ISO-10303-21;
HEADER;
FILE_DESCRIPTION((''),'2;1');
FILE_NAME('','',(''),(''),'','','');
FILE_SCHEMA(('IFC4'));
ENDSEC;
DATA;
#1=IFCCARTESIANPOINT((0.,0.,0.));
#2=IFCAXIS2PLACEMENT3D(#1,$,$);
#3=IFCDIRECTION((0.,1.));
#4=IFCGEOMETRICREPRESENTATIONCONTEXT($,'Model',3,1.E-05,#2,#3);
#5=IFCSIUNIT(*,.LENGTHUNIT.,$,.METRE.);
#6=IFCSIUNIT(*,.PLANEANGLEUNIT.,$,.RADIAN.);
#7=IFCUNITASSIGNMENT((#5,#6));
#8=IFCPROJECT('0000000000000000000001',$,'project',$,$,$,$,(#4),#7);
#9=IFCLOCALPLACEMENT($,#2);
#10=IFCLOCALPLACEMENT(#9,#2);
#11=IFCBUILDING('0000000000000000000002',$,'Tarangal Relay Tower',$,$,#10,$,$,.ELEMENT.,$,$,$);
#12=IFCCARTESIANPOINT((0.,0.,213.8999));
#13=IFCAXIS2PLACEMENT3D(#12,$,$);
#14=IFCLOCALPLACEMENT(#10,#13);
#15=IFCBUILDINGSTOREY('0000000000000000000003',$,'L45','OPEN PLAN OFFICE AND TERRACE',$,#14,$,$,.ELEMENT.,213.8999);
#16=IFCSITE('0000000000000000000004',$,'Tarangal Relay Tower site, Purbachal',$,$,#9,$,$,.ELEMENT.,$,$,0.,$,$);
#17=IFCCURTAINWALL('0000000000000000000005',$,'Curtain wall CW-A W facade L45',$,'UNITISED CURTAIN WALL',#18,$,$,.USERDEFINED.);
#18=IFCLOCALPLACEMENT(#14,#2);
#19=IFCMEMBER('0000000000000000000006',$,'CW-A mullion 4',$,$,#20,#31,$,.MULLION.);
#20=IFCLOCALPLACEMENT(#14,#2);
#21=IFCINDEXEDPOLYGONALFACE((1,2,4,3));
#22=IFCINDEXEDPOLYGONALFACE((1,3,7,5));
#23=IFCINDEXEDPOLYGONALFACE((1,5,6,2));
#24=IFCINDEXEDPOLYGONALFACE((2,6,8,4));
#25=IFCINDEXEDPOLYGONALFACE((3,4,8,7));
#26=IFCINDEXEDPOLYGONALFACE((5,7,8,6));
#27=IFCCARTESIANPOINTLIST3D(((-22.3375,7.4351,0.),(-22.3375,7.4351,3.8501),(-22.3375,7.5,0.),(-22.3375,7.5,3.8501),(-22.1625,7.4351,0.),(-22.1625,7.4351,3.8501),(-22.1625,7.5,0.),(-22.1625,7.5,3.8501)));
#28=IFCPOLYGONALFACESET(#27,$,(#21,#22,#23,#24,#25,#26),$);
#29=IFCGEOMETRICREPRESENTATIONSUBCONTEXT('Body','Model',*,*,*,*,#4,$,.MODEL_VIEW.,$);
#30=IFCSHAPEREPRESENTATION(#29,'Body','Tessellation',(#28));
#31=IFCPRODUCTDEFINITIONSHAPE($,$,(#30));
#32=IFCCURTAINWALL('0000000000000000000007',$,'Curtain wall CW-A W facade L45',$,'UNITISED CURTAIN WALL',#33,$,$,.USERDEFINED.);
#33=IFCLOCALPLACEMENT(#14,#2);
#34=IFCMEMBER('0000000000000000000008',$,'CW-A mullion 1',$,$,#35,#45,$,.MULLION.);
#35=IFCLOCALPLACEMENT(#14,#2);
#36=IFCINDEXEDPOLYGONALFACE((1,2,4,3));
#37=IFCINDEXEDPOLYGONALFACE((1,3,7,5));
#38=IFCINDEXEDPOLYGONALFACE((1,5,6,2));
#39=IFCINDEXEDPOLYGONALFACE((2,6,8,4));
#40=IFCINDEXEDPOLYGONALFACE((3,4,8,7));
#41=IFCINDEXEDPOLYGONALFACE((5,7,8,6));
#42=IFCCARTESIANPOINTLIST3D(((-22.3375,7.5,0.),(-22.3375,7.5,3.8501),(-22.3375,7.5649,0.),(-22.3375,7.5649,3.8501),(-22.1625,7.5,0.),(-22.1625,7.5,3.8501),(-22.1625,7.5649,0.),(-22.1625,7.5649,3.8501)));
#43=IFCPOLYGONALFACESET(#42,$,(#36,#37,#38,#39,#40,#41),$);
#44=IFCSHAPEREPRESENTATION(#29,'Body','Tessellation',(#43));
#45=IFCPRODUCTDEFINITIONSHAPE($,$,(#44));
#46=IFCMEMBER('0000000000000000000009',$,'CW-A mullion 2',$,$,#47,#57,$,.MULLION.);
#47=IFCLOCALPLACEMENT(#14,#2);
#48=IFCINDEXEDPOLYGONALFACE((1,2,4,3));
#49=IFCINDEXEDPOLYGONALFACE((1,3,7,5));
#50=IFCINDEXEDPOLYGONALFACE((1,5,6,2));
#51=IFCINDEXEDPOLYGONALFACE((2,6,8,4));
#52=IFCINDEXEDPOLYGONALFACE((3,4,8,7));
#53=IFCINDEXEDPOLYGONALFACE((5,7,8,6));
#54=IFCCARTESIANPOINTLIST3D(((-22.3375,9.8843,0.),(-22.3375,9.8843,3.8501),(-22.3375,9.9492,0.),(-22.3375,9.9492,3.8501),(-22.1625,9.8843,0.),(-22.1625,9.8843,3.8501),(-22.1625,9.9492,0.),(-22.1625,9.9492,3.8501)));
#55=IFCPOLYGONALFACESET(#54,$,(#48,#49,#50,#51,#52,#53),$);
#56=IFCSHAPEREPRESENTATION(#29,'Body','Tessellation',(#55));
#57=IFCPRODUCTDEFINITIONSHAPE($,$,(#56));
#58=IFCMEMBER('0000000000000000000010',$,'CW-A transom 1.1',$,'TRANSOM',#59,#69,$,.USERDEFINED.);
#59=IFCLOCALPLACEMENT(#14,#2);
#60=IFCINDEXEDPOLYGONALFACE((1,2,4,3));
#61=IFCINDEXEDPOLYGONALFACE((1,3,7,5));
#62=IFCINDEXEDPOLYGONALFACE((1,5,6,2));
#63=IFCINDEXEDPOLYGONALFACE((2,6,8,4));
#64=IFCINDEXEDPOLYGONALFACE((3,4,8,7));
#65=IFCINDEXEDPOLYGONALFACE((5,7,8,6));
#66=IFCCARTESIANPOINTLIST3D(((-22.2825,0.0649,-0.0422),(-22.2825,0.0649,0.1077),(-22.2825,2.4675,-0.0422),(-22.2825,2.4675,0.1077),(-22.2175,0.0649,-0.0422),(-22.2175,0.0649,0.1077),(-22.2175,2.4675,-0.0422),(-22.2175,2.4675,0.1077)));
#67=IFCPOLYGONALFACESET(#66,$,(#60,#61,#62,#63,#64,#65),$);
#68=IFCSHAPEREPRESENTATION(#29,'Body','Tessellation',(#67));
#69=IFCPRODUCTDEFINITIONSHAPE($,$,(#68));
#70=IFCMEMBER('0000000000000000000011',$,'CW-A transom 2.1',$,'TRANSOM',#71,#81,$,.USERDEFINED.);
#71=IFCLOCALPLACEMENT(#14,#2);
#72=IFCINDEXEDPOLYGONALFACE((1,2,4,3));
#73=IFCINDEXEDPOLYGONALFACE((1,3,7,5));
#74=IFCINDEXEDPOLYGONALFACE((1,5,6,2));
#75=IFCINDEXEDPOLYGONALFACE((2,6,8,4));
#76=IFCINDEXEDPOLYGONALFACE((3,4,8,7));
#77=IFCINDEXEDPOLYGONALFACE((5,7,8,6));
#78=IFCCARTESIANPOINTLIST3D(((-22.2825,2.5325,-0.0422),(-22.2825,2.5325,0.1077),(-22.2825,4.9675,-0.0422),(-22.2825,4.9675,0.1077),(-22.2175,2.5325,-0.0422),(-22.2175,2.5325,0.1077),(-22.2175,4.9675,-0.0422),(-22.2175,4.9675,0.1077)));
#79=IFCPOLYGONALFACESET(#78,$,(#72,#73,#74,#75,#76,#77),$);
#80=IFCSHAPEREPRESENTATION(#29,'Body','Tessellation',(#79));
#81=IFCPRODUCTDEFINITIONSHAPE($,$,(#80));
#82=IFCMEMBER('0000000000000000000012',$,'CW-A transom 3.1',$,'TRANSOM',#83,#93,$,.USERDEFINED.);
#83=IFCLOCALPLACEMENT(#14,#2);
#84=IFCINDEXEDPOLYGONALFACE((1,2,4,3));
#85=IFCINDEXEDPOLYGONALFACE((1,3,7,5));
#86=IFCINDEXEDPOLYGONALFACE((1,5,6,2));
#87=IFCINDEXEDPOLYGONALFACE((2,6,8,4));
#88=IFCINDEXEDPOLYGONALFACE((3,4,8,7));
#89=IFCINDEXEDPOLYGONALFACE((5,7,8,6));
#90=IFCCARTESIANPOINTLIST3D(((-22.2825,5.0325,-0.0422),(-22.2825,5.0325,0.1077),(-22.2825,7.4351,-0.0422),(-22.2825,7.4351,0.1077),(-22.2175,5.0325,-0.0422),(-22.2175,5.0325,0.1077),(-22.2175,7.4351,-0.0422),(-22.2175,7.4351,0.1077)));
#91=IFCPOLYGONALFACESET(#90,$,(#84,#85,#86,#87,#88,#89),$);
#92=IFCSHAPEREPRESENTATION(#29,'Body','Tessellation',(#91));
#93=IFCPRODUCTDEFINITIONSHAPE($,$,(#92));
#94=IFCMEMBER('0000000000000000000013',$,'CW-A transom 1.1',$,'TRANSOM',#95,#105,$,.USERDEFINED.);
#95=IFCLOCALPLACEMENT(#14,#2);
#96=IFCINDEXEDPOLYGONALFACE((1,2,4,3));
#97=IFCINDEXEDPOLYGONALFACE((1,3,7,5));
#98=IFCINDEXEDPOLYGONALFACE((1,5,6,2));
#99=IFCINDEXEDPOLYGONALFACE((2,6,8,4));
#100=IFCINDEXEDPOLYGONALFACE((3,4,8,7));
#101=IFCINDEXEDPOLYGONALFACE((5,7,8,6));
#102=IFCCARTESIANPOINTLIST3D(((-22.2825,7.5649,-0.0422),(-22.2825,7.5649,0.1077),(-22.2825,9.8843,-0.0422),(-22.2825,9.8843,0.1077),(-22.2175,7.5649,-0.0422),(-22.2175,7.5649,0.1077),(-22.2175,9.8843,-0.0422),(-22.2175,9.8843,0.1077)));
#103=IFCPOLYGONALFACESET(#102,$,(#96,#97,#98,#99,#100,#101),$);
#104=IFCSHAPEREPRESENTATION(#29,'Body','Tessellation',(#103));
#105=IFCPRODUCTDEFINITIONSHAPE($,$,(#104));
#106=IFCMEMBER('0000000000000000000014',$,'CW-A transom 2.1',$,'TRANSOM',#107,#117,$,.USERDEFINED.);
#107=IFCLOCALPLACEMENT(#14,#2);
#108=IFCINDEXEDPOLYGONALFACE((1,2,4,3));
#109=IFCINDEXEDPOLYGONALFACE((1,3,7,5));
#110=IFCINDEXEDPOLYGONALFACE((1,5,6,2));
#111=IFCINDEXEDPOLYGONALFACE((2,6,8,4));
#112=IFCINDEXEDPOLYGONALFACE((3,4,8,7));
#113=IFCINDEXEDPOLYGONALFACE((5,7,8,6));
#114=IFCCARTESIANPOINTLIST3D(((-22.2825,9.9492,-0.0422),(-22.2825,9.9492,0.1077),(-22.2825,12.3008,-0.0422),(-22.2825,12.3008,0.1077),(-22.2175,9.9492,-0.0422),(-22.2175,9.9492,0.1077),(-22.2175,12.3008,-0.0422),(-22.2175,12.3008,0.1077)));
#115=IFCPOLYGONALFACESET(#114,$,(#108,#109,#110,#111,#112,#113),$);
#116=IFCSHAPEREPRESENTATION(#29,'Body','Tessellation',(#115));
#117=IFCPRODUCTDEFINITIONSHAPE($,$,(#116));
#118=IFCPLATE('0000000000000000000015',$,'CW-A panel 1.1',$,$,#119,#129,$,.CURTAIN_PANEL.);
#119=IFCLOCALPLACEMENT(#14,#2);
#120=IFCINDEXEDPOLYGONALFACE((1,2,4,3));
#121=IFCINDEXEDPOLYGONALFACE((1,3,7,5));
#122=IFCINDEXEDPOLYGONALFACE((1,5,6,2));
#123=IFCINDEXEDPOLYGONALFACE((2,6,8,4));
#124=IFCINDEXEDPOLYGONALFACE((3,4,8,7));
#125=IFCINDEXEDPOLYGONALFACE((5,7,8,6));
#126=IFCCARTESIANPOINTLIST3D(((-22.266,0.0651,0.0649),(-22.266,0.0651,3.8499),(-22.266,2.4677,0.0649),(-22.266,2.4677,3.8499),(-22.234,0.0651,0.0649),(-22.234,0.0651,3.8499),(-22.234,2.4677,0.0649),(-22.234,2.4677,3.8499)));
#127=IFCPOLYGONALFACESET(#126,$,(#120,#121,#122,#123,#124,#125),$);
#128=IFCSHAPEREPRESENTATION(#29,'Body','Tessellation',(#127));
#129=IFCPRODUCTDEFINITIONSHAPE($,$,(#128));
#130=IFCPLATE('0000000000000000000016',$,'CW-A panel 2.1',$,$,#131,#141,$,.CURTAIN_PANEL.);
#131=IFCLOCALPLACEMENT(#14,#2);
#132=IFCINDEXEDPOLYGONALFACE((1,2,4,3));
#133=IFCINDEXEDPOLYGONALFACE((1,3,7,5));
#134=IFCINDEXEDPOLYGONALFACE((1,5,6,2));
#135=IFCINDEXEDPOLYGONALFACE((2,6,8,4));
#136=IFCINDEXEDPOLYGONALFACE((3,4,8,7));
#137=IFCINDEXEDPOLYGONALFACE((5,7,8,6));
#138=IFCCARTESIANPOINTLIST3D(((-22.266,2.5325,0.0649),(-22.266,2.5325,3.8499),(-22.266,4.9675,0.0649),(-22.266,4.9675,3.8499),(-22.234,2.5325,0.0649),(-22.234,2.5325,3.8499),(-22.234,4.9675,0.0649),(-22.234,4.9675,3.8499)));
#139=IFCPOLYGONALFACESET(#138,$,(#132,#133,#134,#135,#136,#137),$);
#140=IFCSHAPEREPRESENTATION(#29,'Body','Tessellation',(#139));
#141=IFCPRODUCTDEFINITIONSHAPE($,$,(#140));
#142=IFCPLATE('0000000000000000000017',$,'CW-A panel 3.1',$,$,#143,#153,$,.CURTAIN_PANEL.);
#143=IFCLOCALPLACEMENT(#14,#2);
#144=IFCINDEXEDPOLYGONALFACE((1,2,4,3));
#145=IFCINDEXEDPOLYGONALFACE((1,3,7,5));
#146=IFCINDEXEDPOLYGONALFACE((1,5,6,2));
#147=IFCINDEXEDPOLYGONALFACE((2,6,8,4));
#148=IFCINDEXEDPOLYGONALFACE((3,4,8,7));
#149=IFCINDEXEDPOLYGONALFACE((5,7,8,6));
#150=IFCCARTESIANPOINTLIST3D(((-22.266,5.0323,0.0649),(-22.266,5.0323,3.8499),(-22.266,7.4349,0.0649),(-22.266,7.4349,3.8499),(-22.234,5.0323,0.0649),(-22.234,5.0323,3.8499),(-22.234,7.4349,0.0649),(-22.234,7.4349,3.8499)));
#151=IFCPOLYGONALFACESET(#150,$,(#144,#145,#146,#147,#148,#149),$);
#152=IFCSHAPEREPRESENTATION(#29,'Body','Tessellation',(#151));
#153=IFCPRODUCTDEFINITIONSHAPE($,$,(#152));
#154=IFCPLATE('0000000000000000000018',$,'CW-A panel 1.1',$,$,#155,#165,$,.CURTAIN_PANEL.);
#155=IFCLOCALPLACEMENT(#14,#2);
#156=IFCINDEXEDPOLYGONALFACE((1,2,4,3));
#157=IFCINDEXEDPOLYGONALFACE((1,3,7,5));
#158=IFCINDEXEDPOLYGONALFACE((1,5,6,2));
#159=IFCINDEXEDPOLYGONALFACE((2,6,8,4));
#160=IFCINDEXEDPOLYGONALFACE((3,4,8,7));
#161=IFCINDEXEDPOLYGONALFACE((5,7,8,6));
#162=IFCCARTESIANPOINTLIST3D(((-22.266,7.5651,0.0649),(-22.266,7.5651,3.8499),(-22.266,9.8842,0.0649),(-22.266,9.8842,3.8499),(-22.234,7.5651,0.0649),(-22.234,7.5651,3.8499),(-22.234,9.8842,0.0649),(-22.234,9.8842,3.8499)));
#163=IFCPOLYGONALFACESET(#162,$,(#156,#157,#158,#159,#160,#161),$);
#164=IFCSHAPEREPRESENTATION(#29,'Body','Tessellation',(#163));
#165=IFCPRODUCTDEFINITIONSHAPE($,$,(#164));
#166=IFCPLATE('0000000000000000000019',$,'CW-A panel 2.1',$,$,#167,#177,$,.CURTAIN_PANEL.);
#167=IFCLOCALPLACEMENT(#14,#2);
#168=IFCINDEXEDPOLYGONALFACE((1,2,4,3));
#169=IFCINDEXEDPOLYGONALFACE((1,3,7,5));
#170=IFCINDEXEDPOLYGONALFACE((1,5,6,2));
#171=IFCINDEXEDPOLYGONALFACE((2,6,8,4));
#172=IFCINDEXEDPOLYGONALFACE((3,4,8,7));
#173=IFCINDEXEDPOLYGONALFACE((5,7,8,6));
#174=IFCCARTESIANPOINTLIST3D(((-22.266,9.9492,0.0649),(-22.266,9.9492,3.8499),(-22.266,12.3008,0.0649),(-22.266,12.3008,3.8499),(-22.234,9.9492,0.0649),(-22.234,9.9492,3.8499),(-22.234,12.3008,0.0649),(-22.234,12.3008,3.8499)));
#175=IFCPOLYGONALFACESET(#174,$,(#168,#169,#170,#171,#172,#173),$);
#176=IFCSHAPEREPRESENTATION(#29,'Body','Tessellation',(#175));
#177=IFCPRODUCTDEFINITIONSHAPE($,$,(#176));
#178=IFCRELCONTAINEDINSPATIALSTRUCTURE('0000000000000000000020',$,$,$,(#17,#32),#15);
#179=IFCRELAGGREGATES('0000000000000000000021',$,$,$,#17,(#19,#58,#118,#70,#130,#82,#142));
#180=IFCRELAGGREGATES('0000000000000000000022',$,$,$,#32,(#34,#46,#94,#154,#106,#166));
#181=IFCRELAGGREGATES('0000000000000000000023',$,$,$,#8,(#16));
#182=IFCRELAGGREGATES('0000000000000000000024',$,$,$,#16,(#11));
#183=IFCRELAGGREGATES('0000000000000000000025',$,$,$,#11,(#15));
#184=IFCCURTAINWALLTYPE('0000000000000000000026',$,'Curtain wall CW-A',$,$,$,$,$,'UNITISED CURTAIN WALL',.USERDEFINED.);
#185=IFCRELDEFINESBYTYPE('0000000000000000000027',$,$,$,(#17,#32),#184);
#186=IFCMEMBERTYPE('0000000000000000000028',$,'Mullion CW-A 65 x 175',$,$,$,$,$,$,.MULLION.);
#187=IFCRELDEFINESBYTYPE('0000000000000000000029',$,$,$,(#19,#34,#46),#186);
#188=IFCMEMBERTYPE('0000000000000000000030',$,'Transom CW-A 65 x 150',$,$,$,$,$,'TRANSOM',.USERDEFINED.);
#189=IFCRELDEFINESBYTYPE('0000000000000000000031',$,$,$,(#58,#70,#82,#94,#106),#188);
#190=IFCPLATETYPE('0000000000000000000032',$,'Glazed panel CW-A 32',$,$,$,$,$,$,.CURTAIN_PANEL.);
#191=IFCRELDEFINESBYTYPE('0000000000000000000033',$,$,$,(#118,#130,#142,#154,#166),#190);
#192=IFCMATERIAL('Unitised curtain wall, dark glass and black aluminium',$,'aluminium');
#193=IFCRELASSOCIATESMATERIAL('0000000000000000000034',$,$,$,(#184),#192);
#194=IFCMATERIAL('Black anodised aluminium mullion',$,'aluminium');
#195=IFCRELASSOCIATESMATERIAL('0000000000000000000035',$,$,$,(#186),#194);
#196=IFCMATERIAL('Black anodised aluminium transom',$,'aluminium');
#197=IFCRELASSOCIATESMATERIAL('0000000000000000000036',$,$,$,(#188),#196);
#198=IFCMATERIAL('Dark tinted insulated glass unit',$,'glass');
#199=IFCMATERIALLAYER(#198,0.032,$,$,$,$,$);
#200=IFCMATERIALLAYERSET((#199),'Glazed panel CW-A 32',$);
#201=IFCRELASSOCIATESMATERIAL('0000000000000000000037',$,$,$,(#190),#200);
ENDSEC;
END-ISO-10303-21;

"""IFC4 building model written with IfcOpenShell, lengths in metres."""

from ifc_helpers import new_model, si_unit, direction, frame, origin, origin_2d, place, context, subcontext, project, spatial, rectangle, extrude, material, layer, layer_set, material_profile, profile_set, type_object, element, aggregate, save


model = new_model("IFC4")

# Units and contexts
model_context = context("Model", 3, precision=1e-05, world=origin(), true_north=direction((0.0, 1.0)))
body_context = subcontext(model_context, "Body", "Model", "MODEL_VIEW")
ifc_project = project(units=[si_unit("LENGTHUNIT", "METRE"), si_unit("PLANEANGLEUNIT", "RADIAN")], contexts=[model_context])

# Site, building, storey
site_placement = place(None, origin())
site = spatial("IfcSite", under=ifc_project, at=site_placement, Name="Tarangal Relay Tower site, Purbachal", CompositionType="ELEMENT", RefElevation=0.0)
building_placement = place(site_placement, origin())
building = spatial("IfcBuilding", under=site, at=building_placement, Name="Tarangal Relay Tower", CompositionType="ELEMENT")
storey_placement = place(building_placement, frame((0.0, 0.0, 213.8999)))
storey = spatial("IfcBuildingStorey", under=building, at=storey_placement, Name="L45", Description="OPEN PLAN OFFICE AND TERRACE", CompositionType="ELEMENT", Elevation=213.8999)

# Curtain walls, members
ifc_material_1 = material(Name="Unitised curtain wall, dark glass and black aluminium", Category="aluminium")
curtain_wall_type = type_object("IfcCurtainWallType", Name="Curtain wall CW-A", ElementType="UNITISED CURTAIN WALL", PredefinedType="USERDEFINED", material=ifc_material_1)
curtain_wall_1_placement = place(storey_placement, origin())
curtain_wall_1 = element("IfcCurtainWall", 1, at=curtain_wall_1_placement, inside=storey, type_object=curtain_wall_type, Name="Curtain wall CW-A W facade L45", ObjectType="UNITISED CURTAIN WALL", PredefinedType="USERDEFINED")
ifc_material_2 = material(Name="Black anodised aluminium mullion", Category="aluminium")
ifc_material_profile_1 = material_profile(ifc_material_2, rectangle(XDim=0.175, YDim=0.0649, at=origin_2d()), Name="CW-AM 65X175")
ifc_profile_set_1 = profile_set([ifc_material_profile_1], Name="Black anodised aluminium mullion")
member_type_1 = type_object("IfcMemberType", Name="Mullion CW-A 65 x 175", PredefinedType="MULLION", material=ifc_profile_set_1)
member_1_placement = place(storey_placement, frame((-22.25, 7.4675, 0.0), z_axis=(0.0, 0.0, 1.0), x_axis=(-1.0, 0.0, 0.0)))
member_1 = element("IfcMember", 2, at=member_1_placement, type_object=member_type_1, Name="CW-A mullion 4", PredefinedType="MULLION", context=body_context, shape_type="SweptSolid", body=[
    extrude(rectangle(XDim=0.175, YDim=0.0649, at=origin_2d()), origin(), (0.0, 0.0, 1.0), 3.8501),
])
curtain_wall_2_placement = place(storey_placement, origin())
curtain_wall_2 = element("IfcCurtainWall", 3, at=curtain_wall_2_placement, inside=storey, type_object=curtain_wall_type, Name="Curtain wall CW-A W facade L45", ObjectType="UNITISED CURTAIN WALL", PredefinedType="USERDEFINED")
member_2_placement = place(storey_placement, frame((-22.25, 7.5325, 0.0), z_axis=(0.0, 0.0, 1.0), x_axis=(-1.0, 0.0, 0.0)))
member_2 = element("IfcMember", 4, at=member_2_placement, type_object=member_type_1, Name="CW-A mullion 1", PredefinedType="MULLION", context=body_context, shape_type="SweptSolid", body=[
    extrude(rectangle(XDim=0.175, YDim=0.0649, at=origin_2d()), origin(), (0.0, 0.0, 1.0), 3.8501),
])
member_3_placement = place(storey_placement, frame((-22.25, 9.9167, 0.0), z_axis=(0.0, 0.0, 1.0), x_axis=(-1.0, 0.0, 0.0)))
member_3 = element("IfcMember", 5, at=member_3_placement, type_object=member_type_1, Name="CW-A mullion 2", PredefinedType="MULLION", context=body_context, shape_type="SweptSolid", body=[
    extrude(rectangle(XDim=0.175, YDim=0.0649, at=origin_2d()), origin(), (0.0, 0.0, 1.0), 3.8501),
])

# Members
ifc_material_3 = material(Name="Black anodised aluminium transom", Category="aluminium")
ifc_material_profile_2 = material_profile(ifc_material_3, rectangle(XDim=0.0649, YDim=0.1499, at=origin_2d()), Name="CW-AT 65X150")
ifc_profile_set_2 = profile_set([ifc_material_profile_2], Name="Black anodised aluminium transom")
member_type_2 = type_object("IfcMemberType", Name="Transom CW-A 65 x 150", ElementType="TRANSOM", PredefinedType="USERDEFINED", material=ifc_profile_set_2)
member_4_placement = place(storey_placement, frame((-22.25, 0.0649, 0.0327), z_axis=(0.0, 1.0, 0.0), x_axis=(-1.0, 0.0, 0.0)))
member_4 = element("IfcMember", 6, at=member_4_placement, type_object=member_type_2, Name="CW-A transom 1.1", ObjectType="TRANSOM", PredefinedType="USERDEFINED", context=body_context, shape_type="SweptSolid", body=[
    extrude(rectangle(XDim=0.0649, YDim=0.1499, at=origin_2d()), origin(), (0.0, 0.0, 1.0), 2.4026),
])
member_5_placement = place(storey_placement, frame((-22.25, 2.5325, 0.0327), z_axis=(0.0, 1.0, 0.0), x_axis=(-1.0, 0.0, 0.0)))
member_5 = element("IfcMember", 7, at=member_5_placement, type_object=member_type_2, Name="CW-A transom 2.1", ObjectType="TRANSOM", PredefinedType="USERDEFINED", context=body_context, shape_type="SweptSolid", body=[
    extrude(rectangle(XDim=0.0649, YDim=0.1499, at=origin_2d()), origin(), (0.0, 0.0, 1.0), 2.4351),
])
member_6_placement = place(storey_placement, frame((-22.25, 5.0325, 0.0327), z_axis=(0.0, 1.0, 0.0), x_axis=(-1.0, 0.0, 0.0)))
member_6 = element("IfcMember", 8, at=member_6_placement, type_object=member_type_2, Name="CW-A transom 3.1", ObjectType="TRANSOM", PredefinedType="USERDEFINED", context=body_context, shape_type="SweptSolid", body=[
    extrude(rectangle(XDim=0.0649, YDim=0.1499, at=origin_2d()), origin(), (0.0, 0.0, 1.0), 2.4026),
])
member_7_placement = place(storey_placement, frame((-22.25, 7.5649, 0.0327), z_axis=(0.0, 1.0, 0.0), x_axis=(-1.0, 0.0, 0.0)))
member_7 = element("IfcMember", 9, at=member_7_placement, type_object=member_type_2, Name="CW-A transom 1.1", ObjectType="TRANSOM", PredefinedType="USERDEFINED", context=body_context, shape_type="SweptSolid", body=[
    extrude(rectangle(XDim=0.0649, YDim=0.1499, at=origin_2d()), origin(), (0.0, 0.0, 1.0), 2.3193),
])
member_8_placement = place(storey_placement, frame((-22.25, 9.9492, 0.0327), z_axis=(0.0, 1.0, 0.0), x_axis=(-1.0, 0.0, 0.0)))
member_8 = element("IfcMember", 10, at=member_8_placement, type_object=member_type_2, Name="CW-A transom 2.1", ObjectType="TRANSOM", PredefinedType="USERDEFINED", context=body_context, shape_type="SweptSolid", body=[
    extrude(rectangle(XDim=0.0649, YDim=0.1499, at=origin_2d()), origin(), (0.0, 0.0, 1.0), 2.3516),
])

# Plates
ifc_material_4 = material(Name="Dark tinted insulated glass unit", Category="glass")
ifc_layer_1 = layer(ifc_material_4, 0.032)
ifc_layer_set_1 = layer_set([ifc_layer_1], Name="Glazed panel CW-A 32")
plate_type = type_object("IfcPlateType", Name="Glazed panel CW-A 32", PredefinedType="CURTAIN_PANEL", material=ifc_layer_set_1)
plate_1_placement = place(storey_placement, frame((-22.25, 1.2664, 0.0649), z_axis=(0.0, 0.0, 1.0), x_axis=(0.0, 1.0, 0.0)))
plate_1 = element("IfcPlate", 11, at=plate_1_placement, type_object=plate_type, Name="CW-A panel 1.1", PredefinedType="CURTAIN_PANEL", context=body_context, shape_type="SweptSolid", body=[
    extrude(rectangle(XDim=2.4026, YDim=0.032, at=origin_2d()), origin(), (0.0, 0.0, 1.0), 3.7849),
])
plate_2_placement = place(storey_placement, frame((-22.25, 3.75, 0.0649), z_axis=(0.0, 0.0, 1.0), x_axis=(0.0, 1.0, 0.0)))
plate_2 = element("IfcPlate", 12, at=plate_2_placement, type_object=plate_type, Name="CW-A panel 2.1", PredefinedType="CURTAIN_PANEL", context=body_context, shape_type="SweptSolid", body=[
    extrude(rectangle(XDim=2.4351, YDim=0.032, at=origin_2d()), origin(), (0.0, 0.0, 1.0), 3.7849),
])
plate_3_placement = place(storey_placement, frame((-22.25, 6.2336, 0.0649), z_axis=(0.0, 0.0, 1.0), x_axis=(0.0, 1.0, 0.0)))
plate_3 = element("IfcPlate", 13, at=plate_3_placement, type_object=plate_type, Name="CW-A panel 3.1", PredefinedType="CURTAIN_PANEL", context=body_context, shape_type="SweptSolid", body=[
    extrude(rectangle(XDim=2.4026, YDim=0.032, at=origin_2d()), origin(), (0.0, 0.0, 1.0), 3.7849),
])
aggregate(curtain_wall_1, [member_1, member_4, plate_1, member_5, plate_2, member_6, plate_3])
plate_4_placement = place(storey_placement, frame((-22.25, 8.7246, 0.0649), z_axis=(0.0, 0.0, 1.0), x_axis=(0.0, 1.0, 0.0)))
plate_4 = element("IfcPlate", 14, at=plate_4_placement, type_object=plate_type, Name="CW-A panel 1.1", PredefinedType="CURTAIN_PANEL", context=body_context, shape_type="SweptSolid", body=[
    extrude(rectangle(XDim=2.3191, YDim=0.032, at=origin_2d()), origin(), (0.0, 0.0, 1.0), 3.7849),
])
plate_5_placement = place(storey_placement, frame((-22.25, 11.125, 0.0649), z_axis=(0.0, 0.0, 1.0), x_axis=(0.0, 1.0, 0.0)))
plate_5 = element("IfcPlate", 15, at=plate_5_placement, type_object=plate_type, Name="CW-A panel 2.1", PredefinedType="CURTAIN_PANEL", context=body_context, shape_type="SweptSolid", body=[
    extrude(rectangle(XDim=2.3516, YDim=0.032, at=origin_2d()), origin(), (0.0, 0.0, 1.0), 3.7849),
])
aggregate(curtain_wall_2, [member_2, member_3, member_7, plate_4, member_8, plate_5])

save(model, "model.ifc")
